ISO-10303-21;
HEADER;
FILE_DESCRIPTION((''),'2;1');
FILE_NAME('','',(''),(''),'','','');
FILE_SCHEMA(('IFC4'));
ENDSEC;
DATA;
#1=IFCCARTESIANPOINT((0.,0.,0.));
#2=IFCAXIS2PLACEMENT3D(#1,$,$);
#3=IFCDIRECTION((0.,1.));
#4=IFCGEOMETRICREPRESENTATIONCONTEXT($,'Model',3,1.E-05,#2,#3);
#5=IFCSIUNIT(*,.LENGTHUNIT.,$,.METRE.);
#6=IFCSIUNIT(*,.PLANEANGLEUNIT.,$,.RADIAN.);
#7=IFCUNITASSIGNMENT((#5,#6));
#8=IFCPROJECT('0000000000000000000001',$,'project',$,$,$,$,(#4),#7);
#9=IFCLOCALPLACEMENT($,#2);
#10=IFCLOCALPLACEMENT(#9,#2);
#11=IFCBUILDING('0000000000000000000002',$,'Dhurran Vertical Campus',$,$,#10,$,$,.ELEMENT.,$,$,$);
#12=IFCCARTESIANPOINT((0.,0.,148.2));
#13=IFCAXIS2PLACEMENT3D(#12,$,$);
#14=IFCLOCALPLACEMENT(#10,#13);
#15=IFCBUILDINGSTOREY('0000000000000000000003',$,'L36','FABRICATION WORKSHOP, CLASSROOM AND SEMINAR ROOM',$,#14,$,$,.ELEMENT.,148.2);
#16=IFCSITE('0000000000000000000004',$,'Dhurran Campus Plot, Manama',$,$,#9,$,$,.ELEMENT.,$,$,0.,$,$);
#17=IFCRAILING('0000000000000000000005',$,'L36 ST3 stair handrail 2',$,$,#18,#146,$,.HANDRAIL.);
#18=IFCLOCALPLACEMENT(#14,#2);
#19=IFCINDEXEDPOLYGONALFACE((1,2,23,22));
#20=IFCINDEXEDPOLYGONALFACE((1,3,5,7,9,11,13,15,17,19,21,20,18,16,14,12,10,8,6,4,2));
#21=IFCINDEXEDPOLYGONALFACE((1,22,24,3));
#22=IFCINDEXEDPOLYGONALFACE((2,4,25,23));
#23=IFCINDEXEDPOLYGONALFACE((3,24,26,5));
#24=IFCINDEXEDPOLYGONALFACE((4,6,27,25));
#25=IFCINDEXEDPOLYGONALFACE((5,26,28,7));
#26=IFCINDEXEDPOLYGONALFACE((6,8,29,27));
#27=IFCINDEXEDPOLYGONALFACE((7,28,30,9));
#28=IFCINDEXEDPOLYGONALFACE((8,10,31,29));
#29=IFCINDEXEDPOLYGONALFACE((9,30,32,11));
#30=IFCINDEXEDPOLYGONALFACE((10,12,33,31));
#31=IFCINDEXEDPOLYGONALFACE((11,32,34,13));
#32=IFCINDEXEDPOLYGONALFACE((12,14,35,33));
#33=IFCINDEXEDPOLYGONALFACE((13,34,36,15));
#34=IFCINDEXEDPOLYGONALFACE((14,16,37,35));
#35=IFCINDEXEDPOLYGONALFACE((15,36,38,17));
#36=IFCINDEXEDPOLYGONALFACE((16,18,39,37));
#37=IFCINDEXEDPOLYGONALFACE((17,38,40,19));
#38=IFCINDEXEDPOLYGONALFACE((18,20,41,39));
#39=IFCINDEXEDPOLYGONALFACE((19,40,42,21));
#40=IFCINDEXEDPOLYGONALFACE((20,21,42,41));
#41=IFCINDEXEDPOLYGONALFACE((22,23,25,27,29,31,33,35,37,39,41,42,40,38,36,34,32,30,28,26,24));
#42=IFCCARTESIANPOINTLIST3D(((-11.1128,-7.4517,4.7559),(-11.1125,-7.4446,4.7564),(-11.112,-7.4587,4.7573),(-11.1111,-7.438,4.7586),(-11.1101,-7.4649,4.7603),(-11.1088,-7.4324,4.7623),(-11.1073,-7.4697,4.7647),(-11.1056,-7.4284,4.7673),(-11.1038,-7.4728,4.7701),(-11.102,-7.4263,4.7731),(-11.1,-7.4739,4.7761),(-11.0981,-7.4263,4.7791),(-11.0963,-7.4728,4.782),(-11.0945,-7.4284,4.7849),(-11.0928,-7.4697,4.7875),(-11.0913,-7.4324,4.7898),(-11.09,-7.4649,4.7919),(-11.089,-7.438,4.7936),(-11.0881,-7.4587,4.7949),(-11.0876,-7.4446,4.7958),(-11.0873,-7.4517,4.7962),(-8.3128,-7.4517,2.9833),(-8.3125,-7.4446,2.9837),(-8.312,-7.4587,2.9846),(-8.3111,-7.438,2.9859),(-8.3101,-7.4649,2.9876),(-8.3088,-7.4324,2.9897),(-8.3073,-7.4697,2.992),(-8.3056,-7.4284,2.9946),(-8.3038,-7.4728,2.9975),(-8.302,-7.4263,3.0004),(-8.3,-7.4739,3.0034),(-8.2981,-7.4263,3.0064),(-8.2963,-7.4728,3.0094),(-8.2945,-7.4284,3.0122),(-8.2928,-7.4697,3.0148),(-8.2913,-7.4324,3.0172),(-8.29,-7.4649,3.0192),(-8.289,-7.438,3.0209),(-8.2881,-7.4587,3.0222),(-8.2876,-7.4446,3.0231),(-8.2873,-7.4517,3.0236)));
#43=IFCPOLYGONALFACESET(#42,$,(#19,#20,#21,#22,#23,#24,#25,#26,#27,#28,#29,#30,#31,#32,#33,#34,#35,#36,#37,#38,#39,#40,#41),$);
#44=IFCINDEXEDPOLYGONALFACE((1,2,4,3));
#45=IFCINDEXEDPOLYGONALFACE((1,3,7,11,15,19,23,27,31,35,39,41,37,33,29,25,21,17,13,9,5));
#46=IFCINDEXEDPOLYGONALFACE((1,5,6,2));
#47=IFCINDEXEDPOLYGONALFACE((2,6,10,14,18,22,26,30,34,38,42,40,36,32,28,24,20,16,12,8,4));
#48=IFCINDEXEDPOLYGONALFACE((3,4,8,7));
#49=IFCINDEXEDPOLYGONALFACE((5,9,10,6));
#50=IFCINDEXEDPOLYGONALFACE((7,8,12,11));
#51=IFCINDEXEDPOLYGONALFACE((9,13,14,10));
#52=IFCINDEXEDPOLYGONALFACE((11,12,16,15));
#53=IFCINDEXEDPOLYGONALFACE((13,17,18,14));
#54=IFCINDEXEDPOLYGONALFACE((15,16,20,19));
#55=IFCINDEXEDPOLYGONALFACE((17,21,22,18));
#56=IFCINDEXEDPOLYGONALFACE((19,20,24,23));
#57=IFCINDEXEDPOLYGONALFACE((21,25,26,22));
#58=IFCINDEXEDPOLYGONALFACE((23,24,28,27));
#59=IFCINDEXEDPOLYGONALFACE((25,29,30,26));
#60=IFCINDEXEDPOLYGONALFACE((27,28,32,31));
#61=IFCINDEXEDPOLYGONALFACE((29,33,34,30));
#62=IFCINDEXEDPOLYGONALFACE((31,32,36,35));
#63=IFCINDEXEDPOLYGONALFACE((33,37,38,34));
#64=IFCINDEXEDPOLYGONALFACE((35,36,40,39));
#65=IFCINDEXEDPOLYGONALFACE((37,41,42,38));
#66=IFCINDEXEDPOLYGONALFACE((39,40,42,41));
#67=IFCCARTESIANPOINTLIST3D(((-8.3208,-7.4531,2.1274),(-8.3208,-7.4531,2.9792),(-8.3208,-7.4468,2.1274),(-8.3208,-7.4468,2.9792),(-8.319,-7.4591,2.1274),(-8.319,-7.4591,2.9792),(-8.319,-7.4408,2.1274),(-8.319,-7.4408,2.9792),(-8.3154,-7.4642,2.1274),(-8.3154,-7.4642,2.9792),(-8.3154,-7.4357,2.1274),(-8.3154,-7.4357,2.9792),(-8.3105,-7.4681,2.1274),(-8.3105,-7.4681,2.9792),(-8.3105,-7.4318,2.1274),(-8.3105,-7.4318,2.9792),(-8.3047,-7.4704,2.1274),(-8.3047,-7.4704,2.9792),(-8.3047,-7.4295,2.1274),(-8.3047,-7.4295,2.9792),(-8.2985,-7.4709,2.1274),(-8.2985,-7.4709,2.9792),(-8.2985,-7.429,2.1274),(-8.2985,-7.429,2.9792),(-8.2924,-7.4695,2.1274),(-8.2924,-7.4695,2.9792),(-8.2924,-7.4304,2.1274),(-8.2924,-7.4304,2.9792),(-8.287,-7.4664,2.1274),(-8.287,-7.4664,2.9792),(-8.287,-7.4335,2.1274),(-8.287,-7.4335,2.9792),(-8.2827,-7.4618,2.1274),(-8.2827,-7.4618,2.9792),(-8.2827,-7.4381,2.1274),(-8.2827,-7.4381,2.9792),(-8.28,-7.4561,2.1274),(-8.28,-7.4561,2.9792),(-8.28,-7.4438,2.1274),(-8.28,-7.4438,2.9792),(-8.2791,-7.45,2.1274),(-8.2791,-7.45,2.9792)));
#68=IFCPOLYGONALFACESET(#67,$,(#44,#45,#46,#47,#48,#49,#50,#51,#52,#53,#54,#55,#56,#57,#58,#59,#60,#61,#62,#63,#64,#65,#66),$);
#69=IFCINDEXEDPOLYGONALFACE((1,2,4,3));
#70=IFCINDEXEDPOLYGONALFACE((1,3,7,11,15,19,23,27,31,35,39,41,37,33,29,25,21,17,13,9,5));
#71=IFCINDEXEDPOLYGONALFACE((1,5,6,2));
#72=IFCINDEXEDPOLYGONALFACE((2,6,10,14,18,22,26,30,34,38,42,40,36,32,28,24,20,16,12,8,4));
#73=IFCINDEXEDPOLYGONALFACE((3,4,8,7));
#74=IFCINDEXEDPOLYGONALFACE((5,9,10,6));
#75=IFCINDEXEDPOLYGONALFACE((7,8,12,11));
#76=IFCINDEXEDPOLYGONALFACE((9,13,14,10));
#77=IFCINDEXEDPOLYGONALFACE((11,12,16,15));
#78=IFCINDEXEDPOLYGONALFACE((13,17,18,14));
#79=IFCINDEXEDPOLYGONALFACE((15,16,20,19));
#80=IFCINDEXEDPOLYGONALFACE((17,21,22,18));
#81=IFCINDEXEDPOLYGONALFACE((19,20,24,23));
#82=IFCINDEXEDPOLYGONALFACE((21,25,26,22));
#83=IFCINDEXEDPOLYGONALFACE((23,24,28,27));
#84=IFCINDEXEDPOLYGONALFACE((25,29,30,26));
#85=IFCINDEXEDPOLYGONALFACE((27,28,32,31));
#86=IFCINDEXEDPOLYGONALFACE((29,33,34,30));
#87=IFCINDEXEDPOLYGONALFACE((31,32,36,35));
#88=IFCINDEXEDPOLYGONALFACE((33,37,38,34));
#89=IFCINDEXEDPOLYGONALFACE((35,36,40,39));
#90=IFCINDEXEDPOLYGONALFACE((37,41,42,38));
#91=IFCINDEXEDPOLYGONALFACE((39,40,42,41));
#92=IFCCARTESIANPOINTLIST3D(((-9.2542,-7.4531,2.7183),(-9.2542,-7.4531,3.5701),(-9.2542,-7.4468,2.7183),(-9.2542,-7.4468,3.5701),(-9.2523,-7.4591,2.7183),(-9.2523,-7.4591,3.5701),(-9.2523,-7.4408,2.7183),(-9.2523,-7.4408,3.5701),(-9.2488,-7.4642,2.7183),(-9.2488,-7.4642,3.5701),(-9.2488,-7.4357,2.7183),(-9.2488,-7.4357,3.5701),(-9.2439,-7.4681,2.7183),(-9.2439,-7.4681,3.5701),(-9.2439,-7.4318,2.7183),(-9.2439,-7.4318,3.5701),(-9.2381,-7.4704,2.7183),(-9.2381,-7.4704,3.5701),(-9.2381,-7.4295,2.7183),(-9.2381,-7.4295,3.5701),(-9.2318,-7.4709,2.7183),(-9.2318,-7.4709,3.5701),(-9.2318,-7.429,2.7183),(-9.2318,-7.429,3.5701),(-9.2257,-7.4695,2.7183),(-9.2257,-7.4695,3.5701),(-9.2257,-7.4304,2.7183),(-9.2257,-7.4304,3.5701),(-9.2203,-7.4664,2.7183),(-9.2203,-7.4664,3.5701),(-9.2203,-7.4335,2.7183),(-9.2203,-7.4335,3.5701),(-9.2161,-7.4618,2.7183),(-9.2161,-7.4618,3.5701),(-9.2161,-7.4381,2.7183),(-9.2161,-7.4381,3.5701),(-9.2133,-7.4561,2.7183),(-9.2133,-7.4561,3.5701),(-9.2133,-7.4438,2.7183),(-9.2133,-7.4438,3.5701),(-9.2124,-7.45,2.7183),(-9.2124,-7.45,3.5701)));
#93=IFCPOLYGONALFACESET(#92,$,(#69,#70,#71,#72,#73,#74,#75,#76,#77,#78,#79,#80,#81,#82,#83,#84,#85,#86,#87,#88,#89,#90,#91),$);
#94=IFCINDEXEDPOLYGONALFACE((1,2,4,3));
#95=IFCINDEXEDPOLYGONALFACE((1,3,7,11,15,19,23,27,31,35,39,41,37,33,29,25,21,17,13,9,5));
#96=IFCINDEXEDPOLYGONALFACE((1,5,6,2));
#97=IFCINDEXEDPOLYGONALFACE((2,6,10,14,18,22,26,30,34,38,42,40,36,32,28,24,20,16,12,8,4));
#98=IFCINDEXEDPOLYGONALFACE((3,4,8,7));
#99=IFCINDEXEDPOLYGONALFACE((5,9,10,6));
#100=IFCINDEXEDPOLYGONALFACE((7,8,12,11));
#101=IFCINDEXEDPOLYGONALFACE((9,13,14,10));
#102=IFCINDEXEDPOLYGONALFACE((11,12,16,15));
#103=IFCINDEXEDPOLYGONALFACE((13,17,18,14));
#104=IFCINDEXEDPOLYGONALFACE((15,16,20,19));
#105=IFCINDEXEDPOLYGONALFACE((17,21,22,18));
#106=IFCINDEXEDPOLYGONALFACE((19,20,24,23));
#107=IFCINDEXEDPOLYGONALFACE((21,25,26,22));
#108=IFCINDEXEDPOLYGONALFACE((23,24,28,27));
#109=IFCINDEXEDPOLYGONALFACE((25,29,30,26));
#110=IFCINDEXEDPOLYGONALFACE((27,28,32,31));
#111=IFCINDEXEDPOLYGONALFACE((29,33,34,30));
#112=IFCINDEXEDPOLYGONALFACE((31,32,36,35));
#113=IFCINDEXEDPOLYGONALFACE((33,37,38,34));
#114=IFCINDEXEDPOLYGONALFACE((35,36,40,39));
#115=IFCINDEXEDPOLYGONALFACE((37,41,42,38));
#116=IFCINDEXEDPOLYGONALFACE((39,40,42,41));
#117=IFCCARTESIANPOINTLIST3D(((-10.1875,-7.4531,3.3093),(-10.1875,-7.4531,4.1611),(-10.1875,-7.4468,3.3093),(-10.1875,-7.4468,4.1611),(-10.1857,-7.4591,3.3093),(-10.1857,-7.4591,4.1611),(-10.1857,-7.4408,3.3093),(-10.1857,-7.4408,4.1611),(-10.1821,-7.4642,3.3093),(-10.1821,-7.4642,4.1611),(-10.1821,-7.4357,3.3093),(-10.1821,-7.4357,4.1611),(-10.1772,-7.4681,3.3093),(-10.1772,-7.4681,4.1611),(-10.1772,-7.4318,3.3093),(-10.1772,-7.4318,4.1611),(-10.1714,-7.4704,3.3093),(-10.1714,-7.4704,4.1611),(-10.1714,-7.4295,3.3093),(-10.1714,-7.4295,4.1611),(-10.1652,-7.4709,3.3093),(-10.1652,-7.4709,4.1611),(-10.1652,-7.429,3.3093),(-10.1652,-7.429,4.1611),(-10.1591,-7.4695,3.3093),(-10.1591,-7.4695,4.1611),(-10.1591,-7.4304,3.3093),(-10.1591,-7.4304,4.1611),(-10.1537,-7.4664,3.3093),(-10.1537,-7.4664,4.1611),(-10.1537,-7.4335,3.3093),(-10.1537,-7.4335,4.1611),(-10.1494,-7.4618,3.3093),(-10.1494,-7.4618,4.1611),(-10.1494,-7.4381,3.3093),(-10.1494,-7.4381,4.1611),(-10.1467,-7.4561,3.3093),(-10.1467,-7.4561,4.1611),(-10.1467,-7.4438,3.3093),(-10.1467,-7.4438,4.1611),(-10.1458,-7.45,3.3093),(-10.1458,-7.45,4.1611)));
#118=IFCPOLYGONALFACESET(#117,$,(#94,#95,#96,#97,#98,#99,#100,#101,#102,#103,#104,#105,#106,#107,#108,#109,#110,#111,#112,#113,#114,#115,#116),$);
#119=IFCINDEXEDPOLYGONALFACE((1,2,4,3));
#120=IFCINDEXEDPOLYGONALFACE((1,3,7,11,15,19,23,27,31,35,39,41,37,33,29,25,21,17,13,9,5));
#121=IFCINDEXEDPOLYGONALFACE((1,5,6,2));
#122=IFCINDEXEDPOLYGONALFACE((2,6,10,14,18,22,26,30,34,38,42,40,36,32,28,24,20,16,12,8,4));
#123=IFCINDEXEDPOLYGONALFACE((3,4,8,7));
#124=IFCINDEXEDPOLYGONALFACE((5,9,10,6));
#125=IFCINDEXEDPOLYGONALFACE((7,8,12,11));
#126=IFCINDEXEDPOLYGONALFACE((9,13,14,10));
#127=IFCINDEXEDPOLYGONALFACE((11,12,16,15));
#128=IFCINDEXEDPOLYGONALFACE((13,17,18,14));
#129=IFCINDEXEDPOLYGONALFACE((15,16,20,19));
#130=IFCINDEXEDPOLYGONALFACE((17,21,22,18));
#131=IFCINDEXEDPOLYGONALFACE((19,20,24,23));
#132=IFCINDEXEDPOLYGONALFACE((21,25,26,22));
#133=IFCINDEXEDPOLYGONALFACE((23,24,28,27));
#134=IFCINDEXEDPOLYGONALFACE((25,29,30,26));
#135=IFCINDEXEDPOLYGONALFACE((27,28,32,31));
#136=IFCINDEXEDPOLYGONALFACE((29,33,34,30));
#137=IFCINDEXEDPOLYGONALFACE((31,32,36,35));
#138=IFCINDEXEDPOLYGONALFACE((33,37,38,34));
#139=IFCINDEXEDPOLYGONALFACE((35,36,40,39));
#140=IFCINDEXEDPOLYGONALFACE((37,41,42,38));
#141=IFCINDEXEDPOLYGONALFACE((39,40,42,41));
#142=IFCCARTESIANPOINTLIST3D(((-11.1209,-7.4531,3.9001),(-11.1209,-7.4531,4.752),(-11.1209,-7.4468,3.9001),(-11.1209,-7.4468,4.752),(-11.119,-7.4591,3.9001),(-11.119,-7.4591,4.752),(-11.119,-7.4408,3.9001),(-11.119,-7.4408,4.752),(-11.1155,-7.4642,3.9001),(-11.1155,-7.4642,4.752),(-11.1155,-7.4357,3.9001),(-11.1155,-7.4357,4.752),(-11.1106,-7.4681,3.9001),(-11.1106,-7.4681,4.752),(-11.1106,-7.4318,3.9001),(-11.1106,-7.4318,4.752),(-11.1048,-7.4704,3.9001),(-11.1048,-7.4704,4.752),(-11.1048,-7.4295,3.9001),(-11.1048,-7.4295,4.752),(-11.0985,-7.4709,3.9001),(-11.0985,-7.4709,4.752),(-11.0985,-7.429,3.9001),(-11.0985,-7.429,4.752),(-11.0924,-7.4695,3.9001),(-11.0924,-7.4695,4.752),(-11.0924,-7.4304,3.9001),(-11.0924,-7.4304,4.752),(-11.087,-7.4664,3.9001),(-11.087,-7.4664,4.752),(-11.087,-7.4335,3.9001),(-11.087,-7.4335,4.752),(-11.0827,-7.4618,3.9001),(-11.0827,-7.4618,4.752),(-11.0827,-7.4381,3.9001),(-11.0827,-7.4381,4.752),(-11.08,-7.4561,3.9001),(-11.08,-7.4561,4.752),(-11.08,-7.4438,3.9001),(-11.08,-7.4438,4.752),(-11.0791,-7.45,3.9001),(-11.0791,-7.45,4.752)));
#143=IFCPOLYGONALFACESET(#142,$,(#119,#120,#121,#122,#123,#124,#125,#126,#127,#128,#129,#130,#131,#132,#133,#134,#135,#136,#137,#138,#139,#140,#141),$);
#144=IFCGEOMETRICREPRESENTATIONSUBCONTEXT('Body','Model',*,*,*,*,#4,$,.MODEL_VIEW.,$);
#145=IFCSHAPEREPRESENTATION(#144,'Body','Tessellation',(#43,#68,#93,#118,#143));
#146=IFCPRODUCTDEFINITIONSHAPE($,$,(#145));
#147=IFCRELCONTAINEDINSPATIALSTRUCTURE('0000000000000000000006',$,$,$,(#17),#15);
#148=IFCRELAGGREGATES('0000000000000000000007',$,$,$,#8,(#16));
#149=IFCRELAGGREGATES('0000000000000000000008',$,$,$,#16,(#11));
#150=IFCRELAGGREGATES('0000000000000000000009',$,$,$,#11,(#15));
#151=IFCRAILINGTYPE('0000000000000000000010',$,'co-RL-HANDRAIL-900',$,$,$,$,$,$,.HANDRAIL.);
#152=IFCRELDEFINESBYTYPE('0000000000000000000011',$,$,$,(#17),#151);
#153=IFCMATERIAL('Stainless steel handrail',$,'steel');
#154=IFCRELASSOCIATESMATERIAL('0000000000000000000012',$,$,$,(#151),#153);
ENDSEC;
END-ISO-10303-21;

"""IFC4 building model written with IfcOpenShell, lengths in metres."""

from ifc_helpers import new_model, si_unit, direction, frame, origin, origin_2d, place, context, subcontext, project, spatial, circle, extrude, material, type_object, element, save


model = new_model("IFC4")

# Units and contexts
model_context = context("Model", 3, precision=1e-05, world=origin(), true_north=direction((0.0, 1.0)))
body_context = subcontext(model_context, "Body", "Model", "MODEL_VIEW")
ifc_project = project(units=[si_unit("LENGTHUNIT", "METRE"), si_unit("PLANEANGLEUNIT", "RADIAN")], contexts=[model_context])

# Site, building, storey
site_placement = place(None, origin())
site = spatial("IfcSite", under=ifc_project, at=site_placement, Name="Dhurran Campus Plot, Manama", CompositionType="ELEMENT", RefElevation=0.0)
building_placement = place(site_placement, origin())
building = spatial("IfcBuilding", under=site, at=building_placement, Name="Dhurran Vertical Campus", CompositionType="ELEMENT")
storey_placement = place(building_placement, frame((0.0, 0.0, 148.2)))
storey = spatial("IfcBuildingStorey", under=building, at=storey_placement, Name="L36", Description="FABRICATION WORKSHOP, CLASSROOM AND SEMINAR ROOM", CompositionType="ELEMENT", Elevation=148.2)

# Railing
ifc_material_1 = material(Name="Stainless steel handrail", Category="steel")
railing_type_1 = type_object("IfcRailingType", Name="co-RL-HANDRAIL-900", PredefinedType="HANDRAIL", material=ifc_material_1)
railing_1_placement = place(storey_placement, frame((-8.3, -7.45, 2.1274)))
element("IfcRailing", 1, at=railing_1_placement, inside=storey, type_object=railing_type_1, Name="L36 ST3 stair handrail 2", PredefinedType="HANDRAIL", context=body_context, shape_type="SweptSolid", body=[
    extrude(circle(Radius=0.0239, at=origin_2d()), frame((0.0, 0.0, 0.876), z_axis=(-0.844909, 0.0, 0.53491), x_axis=(0.0, -1.0, 0.0)), (0.0, 0.0, 1.0), 3.314),
    extrude(circle(Radius=0.021, at=origin_2d()), origin(), (0.0, 0.0, 1.0), 0.8518),
    extrude(circle(Radius=0.021, at=origin_2d()), frame((-0.9333, 0.0, 0.5908)), (0.0, 0.0, 1.0), 0.8518),
    extrude(circle(Radius=0.021, at=origin_2d()), frame((-1.8667, 0.0, 1.1819)), (0.0, 0.0, 1.0), 0.8518),
    extrude(circle(Radius=0.021, at=origin_2d()), frame((-2.8, 0.0, 1.7727)), (0.0, 0.0, 1.0), 0.8518),
])

save(model, "model.ifc")
